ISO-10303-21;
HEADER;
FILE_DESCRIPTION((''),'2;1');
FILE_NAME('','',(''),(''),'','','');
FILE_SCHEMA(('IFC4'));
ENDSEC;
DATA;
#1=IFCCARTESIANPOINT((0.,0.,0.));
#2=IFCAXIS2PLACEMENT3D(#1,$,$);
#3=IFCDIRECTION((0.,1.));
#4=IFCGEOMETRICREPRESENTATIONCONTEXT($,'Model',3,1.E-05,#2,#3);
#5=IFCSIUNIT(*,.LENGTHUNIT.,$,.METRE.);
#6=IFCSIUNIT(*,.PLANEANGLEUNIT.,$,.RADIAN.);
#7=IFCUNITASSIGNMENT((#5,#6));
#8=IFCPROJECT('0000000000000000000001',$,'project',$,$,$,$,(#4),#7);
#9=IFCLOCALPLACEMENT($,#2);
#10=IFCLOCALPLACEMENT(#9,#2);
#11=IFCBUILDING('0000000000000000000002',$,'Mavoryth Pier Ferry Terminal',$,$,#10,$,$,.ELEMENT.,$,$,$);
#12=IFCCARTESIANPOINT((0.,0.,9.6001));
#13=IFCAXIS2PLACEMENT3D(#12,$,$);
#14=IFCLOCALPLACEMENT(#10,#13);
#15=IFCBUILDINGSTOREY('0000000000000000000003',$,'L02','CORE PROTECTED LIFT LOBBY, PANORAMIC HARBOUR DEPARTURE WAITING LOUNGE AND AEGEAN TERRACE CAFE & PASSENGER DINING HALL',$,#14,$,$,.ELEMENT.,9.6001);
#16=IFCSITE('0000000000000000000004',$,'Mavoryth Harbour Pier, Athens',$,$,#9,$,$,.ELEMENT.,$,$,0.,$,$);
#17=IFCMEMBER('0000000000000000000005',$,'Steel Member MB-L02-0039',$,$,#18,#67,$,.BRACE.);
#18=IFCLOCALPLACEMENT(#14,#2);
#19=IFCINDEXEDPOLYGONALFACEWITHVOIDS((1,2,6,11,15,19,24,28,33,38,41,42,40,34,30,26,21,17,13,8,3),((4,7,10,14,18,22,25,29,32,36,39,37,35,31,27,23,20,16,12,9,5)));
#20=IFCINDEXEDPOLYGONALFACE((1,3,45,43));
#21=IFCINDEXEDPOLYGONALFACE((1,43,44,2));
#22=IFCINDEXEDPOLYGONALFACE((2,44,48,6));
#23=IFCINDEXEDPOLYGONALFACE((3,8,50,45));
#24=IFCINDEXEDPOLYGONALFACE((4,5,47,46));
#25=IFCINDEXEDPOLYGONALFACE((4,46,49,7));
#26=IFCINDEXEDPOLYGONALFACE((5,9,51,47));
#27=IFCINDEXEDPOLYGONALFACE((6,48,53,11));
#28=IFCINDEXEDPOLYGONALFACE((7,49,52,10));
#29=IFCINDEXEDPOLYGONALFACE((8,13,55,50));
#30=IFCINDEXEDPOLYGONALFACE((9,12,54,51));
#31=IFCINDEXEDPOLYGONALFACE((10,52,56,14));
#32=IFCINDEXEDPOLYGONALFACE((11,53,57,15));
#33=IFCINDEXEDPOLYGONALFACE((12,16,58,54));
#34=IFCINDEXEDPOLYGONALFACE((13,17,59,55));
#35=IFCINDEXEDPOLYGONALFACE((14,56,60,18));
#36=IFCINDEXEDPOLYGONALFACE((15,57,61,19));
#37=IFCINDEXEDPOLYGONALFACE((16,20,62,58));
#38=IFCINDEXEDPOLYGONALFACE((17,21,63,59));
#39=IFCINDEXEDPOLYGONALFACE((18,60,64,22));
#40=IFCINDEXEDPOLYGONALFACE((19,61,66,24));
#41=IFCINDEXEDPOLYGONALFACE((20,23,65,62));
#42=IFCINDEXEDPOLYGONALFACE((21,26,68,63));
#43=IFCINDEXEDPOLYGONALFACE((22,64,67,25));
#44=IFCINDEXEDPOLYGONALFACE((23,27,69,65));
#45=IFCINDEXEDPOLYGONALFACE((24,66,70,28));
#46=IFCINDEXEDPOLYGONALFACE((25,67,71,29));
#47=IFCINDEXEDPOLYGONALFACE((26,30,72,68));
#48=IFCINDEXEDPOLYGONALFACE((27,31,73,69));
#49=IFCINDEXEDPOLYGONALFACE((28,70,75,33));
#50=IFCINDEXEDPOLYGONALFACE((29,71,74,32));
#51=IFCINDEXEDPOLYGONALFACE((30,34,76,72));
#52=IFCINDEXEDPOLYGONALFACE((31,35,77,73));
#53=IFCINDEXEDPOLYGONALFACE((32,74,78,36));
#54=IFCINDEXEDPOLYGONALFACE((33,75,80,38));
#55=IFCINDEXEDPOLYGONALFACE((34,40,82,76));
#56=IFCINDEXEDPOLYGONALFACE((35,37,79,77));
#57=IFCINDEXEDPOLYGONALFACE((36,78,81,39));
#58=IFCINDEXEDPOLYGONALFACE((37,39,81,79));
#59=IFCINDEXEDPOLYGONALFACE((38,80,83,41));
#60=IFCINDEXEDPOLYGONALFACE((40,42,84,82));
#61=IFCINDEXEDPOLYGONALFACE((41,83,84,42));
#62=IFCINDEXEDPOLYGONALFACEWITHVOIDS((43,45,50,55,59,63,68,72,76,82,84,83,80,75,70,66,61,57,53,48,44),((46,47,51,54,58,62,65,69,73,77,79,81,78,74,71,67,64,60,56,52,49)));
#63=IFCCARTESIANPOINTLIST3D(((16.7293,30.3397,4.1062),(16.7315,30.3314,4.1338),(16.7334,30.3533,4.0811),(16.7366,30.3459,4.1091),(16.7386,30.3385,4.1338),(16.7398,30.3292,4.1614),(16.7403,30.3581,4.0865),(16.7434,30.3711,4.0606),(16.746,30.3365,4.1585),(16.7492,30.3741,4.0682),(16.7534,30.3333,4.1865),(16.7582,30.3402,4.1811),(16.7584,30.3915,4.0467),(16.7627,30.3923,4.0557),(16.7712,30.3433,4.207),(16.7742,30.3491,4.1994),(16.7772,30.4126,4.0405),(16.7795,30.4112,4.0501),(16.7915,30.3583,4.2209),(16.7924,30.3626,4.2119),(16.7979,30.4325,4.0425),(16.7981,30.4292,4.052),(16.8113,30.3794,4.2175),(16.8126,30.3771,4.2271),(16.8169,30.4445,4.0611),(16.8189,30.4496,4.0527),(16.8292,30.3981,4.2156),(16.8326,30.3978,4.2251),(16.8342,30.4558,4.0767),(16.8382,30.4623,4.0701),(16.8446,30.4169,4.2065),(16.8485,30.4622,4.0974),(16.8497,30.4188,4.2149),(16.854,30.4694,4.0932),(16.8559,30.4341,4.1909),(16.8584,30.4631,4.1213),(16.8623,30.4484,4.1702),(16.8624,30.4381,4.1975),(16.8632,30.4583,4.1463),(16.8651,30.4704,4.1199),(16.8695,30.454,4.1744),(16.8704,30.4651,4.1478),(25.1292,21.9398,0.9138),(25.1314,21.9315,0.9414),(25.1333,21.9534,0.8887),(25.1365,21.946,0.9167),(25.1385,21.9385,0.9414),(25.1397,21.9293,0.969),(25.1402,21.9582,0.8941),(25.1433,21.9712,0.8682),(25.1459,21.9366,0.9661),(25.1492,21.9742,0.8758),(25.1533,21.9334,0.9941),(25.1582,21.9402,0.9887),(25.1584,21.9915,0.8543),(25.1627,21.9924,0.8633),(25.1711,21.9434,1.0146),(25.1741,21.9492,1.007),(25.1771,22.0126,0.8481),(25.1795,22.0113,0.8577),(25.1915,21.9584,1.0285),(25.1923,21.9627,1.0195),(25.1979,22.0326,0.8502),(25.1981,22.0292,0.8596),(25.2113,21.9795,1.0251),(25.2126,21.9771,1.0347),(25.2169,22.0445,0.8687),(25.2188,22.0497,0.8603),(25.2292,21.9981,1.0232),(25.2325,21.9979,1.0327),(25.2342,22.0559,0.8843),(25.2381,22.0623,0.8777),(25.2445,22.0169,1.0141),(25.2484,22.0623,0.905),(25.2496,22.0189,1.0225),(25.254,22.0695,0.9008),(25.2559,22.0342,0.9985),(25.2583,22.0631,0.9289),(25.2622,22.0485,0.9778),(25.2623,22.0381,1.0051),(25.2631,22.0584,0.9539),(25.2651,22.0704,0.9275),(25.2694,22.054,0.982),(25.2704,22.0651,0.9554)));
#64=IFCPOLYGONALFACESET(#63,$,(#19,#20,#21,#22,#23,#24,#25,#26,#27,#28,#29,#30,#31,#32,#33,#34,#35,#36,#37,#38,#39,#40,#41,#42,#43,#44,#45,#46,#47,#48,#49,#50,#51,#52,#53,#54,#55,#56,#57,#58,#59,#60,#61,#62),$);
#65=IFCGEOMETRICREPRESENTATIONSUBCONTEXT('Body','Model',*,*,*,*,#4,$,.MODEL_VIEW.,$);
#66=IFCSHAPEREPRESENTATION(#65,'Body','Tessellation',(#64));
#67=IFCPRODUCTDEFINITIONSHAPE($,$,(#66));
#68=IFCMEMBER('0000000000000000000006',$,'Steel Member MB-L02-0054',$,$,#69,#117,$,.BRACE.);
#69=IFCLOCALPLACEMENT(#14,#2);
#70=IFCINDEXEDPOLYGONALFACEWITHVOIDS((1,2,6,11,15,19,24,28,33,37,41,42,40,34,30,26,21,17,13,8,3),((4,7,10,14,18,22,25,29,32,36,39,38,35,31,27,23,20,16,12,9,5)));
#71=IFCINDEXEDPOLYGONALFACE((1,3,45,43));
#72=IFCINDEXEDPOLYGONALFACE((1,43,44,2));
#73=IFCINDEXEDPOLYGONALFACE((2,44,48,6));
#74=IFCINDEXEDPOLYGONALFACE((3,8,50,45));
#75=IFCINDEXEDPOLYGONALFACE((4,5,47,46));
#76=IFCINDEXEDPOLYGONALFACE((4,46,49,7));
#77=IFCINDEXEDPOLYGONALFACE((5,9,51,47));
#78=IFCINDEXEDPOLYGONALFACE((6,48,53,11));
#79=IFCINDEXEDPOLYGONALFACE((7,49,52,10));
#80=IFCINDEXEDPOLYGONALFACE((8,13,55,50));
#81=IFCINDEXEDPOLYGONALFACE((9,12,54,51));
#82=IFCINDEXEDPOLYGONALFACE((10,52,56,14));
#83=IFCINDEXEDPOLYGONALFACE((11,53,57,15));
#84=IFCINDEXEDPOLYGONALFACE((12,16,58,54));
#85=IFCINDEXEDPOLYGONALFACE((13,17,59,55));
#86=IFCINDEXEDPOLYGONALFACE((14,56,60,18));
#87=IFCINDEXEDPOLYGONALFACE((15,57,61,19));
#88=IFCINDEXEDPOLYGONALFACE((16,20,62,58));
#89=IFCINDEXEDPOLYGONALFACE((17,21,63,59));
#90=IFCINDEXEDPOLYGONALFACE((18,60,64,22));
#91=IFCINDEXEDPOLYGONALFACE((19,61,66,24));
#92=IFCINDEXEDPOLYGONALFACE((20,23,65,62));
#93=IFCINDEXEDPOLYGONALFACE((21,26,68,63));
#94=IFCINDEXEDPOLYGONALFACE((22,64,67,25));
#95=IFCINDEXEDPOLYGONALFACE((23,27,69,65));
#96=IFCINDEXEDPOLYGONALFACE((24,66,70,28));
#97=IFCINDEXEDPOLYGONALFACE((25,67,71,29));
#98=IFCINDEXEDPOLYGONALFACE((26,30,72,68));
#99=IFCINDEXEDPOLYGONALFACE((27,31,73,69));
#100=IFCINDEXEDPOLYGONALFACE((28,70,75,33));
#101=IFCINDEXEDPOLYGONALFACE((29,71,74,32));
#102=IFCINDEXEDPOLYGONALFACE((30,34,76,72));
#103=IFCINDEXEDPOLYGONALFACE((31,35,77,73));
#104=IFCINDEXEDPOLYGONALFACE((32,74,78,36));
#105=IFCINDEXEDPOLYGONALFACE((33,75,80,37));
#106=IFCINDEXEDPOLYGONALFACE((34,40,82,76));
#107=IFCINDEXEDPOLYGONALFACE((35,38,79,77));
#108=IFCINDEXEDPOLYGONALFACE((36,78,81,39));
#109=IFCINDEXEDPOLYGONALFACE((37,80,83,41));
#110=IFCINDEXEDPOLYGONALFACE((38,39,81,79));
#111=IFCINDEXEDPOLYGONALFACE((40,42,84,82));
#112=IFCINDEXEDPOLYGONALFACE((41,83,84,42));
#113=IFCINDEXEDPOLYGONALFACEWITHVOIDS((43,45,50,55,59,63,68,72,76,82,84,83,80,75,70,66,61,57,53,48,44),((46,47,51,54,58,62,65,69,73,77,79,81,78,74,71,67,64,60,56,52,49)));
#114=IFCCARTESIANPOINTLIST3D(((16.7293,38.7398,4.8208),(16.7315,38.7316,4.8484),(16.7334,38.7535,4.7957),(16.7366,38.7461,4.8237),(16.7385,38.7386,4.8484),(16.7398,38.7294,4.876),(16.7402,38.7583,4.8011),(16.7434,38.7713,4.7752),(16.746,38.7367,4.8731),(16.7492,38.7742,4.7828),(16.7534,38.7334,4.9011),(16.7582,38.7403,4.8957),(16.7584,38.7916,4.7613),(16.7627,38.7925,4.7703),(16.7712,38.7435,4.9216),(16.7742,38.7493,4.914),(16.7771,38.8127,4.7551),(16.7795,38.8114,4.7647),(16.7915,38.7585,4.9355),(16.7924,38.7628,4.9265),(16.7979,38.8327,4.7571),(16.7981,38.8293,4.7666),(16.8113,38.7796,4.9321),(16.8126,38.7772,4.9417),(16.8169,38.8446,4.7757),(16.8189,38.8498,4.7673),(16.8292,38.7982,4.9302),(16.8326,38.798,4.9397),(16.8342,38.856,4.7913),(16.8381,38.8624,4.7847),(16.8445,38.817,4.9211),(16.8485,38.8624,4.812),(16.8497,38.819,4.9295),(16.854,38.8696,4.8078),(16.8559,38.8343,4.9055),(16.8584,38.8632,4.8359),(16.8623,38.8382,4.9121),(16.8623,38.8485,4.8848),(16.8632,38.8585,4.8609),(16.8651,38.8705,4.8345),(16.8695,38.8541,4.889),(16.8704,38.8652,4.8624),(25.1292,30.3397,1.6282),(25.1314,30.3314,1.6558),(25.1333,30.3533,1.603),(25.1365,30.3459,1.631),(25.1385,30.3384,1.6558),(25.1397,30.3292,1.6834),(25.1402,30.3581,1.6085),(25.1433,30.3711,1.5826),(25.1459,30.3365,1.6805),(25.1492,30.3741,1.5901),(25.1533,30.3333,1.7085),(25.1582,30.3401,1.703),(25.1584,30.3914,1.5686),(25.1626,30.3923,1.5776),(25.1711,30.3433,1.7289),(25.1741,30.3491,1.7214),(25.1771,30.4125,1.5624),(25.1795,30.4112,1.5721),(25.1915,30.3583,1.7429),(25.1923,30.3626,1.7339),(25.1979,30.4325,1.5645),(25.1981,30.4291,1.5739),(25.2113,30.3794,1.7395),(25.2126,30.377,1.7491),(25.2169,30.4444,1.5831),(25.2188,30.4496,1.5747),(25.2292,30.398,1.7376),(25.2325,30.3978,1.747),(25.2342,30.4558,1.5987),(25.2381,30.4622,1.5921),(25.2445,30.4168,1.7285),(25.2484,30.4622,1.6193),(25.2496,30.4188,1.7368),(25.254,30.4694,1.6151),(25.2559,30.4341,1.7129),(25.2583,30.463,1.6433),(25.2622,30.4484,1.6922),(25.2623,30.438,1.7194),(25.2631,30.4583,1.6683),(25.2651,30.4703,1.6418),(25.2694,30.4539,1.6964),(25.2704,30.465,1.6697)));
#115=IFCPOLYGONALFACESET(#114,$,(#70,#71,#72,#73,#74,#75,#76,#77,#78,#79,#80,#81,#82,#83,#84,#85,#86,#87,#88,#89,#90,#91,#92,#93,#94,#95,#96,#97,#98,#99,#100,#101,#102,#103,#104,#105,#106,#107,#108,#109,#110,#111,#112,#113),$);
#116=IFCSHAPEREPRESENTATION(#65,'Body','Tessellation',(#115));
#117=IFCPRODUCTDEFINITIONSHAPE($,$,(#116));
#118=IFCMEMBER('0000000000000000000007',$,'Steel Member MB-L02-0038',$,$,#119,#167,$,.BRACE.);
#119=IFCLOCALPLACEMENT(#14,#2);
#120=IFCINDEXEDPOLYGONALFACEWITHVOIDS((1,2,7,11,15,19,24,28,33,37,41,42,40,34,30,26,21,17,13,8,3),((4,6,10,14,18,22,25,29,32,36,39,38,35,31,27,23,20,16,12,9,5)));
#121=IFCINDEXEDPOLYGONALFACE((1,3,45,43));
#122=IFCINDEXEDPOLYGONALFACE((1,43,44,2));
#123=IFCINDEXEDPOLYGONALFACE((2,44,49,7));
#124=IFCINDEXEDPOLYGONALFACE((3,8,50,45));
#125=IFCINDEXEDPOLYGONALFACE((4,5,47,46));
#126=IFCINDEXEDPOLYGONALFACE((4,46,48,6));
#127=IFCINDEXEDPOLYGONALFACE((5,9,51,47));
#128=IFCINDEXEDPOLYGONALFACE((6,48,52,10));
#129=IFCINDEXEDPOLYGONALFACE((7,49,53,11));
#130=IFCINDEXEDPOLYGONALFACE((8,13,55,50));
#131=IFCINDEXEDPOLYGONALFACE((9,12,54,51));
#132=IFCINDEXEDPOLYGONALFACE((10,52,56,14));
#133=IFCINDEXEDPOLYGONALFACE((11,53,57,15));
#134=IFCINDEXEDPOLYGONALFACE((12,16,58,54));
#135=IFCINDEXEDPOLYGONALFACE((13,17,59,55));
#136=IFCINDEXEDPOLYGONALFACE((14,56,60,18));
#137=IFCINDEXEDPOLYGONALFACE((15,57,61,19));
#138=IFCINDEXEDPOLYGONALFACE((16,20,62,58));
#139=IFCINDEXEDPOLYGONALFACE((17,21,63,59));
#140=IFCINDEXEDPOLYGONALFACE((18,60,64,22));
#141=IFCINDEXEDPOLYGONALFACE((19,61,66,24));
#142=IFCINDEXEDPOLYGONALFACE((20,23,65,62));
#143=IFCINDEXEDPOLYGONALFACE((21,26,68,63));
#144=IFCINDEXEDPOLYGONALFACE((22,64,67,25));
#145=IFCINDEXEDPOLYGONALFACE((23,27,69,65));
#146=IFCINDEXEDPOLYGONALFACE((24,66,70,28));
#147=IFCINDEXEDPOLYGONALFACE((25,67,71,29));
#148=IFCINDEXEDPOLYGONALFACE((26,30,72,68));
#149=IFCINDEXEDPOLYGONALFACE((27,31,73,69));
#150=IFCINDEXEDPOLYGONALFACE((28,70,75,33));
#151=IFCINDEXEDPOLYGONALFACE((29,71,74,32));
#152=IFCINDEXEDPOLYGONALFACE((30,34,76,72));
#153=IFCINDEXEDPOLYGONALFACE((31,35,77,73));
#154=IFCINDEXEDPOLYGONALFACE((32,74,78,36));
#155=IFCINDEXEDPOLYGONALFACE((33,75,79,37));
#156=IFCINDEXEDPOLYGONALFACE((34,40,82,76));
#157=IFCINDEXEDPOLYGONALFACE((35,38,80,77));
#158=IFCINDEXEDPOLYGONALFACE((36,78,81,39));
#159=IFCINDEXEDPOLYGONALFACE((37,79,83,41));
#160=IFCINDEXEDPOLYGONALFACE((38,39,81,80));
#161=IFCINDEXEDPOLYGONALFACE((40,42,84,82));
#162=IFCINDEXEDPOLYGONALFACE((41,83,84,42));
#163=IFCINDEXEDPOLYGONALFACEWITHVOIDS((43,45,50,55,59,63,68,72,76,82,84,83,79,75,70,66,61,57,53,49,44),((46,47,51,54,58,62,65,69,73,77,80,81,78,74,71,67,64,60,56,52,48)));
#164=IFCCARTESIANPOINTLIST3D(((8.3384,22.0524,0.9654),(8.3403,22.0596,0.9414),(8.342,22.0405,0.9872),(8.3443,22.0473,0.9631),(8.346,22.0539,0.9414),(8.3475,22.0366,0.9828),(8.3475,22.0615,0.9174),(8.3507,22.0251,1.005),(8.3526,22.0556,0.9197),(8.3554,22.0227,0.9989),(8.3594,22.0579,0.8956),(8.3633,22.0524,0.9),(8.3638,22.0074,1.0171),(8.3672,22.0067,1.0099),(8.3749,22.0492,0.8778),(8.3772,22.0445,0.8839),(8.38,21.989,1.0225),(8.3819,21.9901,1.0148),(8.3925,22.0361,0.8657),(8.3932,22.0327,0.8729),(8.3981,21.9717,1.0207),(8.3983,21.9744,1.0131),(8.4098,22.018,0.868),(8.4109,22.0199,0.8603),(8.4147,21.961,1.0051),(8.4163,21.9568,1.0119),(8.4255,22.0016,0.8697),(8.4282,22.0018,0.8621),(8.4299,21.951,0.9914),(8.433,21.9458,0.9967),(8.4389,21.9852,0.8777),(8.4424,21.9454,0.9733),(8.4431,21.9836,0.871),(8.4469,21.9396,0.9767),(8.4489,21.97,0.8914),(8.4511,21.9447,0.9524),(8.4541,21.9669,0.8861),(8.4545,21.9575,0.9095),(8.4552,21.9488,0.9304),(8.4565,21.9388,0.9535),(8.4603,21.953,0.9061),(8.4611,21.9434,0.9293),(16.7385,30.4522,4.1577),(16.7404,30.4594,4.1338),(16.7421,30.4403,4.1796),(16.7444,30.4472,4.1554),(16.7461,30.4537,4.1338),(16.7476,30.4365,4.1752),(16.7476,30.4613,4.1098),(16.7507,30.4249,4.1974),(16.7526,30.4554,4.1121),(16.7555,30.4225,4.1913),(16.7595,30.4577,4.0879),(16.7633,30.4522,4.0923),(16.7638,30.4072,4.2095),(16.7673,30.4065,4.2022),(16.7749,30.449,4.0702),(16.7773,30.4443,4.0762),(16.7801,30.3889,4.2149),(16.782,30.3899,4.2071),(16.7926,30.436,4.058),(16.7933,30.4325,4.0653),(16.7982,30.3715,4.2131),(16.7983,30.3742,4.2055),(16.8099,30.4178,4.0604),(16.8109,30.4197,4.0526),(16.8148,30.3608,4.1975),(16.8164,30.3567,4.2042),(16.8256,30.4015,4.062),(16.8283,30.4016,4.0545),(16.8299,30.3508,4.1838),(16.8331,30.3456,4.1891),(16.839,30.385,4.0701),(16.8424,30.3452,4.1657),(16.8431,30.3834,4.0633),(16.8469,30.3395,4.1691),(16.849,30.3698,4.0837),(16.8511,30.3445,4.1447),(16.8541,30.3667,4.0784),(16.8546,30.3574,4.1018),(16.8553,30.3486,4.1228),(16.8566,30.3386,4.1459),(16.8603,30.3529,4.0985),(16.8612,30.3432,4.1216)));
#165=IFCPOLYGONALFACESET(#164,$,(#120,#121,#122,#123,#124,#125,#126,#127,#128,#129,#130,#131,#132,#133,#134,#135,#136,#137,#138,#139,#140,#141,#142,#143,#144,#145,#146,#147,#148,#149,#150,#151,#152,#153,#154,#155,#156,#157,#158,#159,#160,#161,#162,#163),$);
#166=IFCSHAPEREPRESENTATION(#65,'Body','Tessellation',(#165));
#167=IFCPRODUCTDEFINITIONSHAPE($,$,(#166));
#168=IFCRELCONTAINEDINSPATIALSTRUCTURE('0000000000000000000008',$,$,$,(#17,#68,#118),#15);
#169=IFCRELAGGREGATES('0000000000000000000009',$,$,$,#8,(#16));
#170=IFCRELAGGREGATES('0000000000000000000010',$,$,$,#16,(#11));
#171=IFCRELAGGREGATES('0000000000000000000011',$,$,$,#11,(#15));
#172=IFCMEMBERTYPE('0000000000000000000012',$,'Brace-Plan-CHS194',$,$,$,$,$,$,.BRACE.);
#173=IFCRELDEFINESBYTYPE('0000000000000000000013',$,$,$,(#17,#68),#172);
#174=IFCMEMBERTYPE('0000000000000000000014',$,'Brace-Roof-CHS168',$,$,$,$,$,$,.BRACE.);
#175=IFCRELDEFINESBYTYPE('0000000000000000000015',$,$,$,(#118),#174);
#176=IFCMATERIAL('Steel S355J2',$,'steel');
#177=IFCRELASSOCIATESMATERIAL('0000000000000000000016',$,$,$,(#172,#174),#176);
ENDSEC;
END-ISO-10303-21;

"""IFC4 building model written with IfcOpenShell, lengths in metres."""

from ifc_helpers import new_model, si_unit, direction, frame, origin, origin_2d, place, context, subcontext, project, spatial, hollow_circle, extrude, material, material_profile, profile_set, type_object, element, save


model = new_model("IFC4")

# Units and contexts
model_context = context("Model", 3, precision=1e-05, world=origin(), true_north=direction((0.0, 1.0)))
body_context = subcontext(model_context, "Body", "Model", "MODEL_VIEW")
ifc_project = project(units=[si_unit("LENGTHUNIT", "METRE"), si_unit("PLANEANGLEUNIT", "RADIAN")], contexts=[model_context])

# Site, building, storey
site_placement = place(None, origin())
site = spatial("IfcSite", under=ifc_project, at=site_placement, Name="Mavoryth Harbour Pier, Athens", CompositionType="ELEMENT", RefElevation=0.0)
building_placement = place(site_placement, origin())
building = spatial("IfcBuilding", under=site, at=building_placement, Name="Mavoryth Pier Ferry Terminal", CompositionType="ELEMENT")
storey_placement = place(building_placement, frame((0.0, 0.0, 9.6001)))
storey = spatial("IfcBuildingStorey", under=building, at=storey_placement, Name="L02", Description="CORE PROTECTED LIFT LOBBY, PANORAMIC HARBOUR DEPARTURE WAITING LOUNGE AND AEGEAN TERRACE CAFE & PASSENGER DINING HALL", CompositionType="ELEMENT", Elevation=9.6001)

# Members
ifc_material_1 = material(Name="Steel S355J2", Category="steel")
ifc_material_profile_1 = material_profile(ifc_material_1, hollow_circle(Radius=0.0969, WallThickness=0.01, at=origin_2d()), Name="CHS 193.7x10.0", Category="steel")
ifc_profile_set_1 = profile_set([ifc_material_profile_1], Name="Steel S355J2 - CHS 193.7x10.0")
member_type_1 = type_object("IfcMemberType", Name="Brace-Plan-CHS194", PredefinedType="BRACE", material=ifc_profile_set_1)
member_1_placement = place(storey_placement, frame((25.2, 22.0, 0.9414), z_axis=(-0.682878, 0.682878, 0.259528), x_axis=(-0.707107, -0.707107, 0.0)))
element("IfcMember", 1, at=member_1_placement, inside=storey, type_object=member_type_1, Name="Steel Member MB-L02-0039", PredefinedType="BRACE", context=body_context, shape_type="SweptSolid", body=[
    extrude(hollow_circle(Radius=0.0969, WallThickness=0.01, at=origin_2d()), origin(), (0.0, 0.0, 1.0), 12.3008),
])
member_2_placement = place(storey_placement, frame((25.2, 30.3999, 1.6558), z_axis=(-0.682865, 0.682885, 0.259543), x_axis=(-0.707117, -0.707097, 0.0)))
element("IfcMember", 2, at=member_2_placement, inside=storey, type_object=member_type_1, Name="Steel Member MB-L02-0054", PredefinedType="BRACE", context=body_context, shape_type="SweptSolid", body=[
    extrude(hollow_circle(Radius=0.0969, WallThickness=0.01, at=origin_2d()), origin(), (0.0, 0.0, 1.0), 12.301),
])
ifc_material_profile_2 = material_profile(ifc_material_1, hollow_circle(Radius=0.0842, WallThickness=0.0081, at=origin_2d()), Name="CHS 168.3x8.0", Category="steel")
ifc_profile_set_2 = profile_set([ifc_material_profile_2], Name="Steel S355J2 - CHS 168.3x8.0")
member_type_2 = type_object("IfcMemberType", Name="Brace-Roof-CHS168", PredefinedType="BRACE", material=ifc_profile_set_2)
member_3_placement = place(storey_placement, frame((8.3999, 22.0, 0.9414), z_axis=(0.682889, 0.682869, 0.259524), x_axis=(-0.707097, 0.707117, 0.0)))
element("IfcMember", 3, at=member_3_placement, inside=storey, type_object=member_type_2, Name="Steel Member MB-L02-0038", PredefinedType="BRACE", context=body_context, shape_type="SweptSolid", body=[
    extrude(hollow_circle(Radius=0.0842, WallThickness=0.0081, at=origin_2d()), origin(), (0.0, 0.0, 1.0), 12.3008),
])

save(model, "model.ifc")
